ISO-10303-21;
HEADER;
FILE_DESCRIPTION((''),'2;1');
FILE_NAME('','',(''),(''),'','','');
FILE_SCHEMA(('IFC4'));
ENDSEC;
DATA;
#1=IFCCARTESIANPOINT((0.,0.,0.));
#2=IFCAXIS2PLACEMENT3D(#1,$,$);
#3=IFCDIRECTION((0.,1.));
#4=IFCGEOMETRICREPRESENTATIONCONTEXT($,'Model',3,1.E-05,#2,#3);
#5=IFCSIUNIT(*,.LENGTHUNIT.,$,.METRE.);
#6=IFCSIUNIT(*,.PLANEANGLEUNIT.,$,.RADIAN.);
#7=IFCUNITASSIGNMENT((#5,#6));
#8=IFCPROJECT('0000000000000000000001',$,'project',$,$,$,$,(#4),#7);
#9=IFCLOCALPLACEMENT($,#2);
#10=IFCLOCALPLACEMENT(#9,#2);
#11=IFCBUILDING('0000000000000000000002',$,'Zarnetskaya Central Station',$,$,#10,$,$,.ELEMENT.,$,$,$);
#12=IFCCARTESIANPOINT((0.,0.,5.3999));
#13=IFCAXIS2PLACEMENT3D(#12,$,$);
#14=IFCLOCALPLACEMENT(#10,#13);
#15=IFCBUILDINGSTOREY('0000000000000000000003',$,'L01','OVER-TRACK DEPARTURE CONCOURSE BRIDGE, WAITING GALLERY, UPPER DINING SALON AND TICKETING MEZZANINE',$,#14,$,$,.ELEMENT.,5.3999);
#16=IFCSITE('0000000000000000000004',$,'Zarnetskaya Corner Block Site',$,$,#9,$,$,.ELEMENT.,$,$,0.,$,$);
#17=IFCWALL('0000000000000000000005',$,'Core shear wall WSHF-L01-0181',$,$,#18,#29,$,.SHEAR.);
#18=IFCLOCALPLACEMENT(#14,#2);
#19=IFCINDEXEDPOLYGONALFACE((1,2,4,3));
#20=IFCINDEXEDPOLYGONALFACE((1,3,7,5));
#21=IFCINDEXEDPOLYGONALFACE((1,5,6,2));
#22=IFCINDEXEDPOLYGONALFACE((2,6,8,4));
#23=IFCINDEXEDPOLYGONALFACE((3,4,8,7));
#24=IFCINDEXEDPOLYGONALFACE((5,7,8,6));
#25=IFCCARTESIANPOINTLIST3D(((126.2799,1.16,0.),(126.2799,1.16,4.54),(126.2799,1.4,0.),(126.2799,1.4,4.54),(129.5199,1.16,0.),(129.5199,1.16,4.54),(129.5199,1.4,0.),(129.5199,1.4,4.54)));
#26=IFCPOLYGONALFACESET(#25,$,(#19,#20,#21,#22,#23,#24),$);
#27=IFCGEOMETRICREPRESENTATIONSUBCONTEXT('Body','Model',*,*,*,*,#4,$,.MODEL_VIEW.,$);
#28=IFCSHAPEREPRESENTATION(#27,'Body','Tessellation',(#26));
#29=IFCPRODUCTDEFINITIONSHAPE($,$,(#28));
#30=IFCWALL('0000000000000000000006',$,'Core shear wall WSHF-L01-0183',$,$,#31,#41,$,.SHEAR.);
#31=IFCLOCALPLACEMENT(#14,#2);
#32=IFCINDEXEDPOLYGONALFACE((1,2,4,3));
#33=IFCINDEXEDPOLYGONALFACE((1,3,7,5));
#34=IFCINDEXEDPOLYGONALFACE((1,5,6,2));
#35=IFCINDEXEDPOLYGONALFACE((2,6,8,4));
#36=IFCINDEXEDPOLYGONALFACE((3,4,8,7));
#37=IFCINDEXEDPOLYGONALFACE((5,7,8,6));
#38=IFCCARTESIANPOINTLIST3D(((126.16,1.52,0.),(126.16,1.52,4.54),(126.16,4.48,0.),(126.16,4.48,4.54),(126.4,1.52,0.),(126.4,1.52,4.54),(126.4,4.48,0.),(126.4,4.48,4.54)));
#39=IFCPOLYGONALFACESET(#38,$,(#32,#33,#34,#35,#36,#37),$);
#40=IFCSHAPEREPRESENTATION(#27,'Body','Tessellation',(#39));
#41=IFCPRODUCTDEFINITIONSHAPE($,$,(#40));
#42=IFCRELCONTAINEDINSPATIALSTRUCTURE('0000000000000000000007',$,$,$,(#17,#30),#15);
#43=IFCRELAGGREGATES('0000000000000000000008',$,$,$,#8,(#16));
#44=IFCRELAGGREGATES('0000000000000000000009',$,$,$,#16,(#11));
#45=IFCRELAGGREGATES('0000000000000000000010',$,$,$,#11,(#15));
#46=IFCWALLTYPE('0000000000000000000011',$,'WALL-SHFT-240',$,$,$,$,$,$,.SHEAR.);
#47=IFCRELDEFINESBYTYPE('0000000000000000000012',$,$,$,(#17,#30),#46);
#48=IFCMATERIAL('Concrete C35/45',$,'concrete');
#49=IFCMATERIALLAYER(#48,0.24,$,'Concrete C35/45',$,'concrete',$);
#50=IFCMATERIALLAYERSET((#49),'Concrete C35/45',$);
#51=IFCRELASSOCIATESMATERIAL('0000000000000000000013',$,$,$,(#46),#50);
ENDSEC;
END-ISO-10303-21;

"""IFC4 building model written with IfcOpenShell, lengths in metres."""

from ifc_helpers import new_model, si_unit, direction, frame, frame_2d, origin, place, context, subcontext, project, spatial, rectangle, extrude, material, layer, layer_set, type_object, element, save


model = new_model("IFC4")

# Units and contexts
model_context = context("Model", 3, precision=1e-05, world=origin(), true_north=direction((0.0, 1.0)))
body_context = subcontext(model_context, "Body", "Model", "MODEL_VIEW")
ifc_project = project(units=[si_unit("LENGTHUNIT", "METRE"), si_unit("PLANEANGLEUNIT", "RADIAN")], contexts=[model_context])

# Site, building, storey
site_placement = place(None, origin())
site = spatial("IfcSite", under=ifc_project, at=site_placement, Name="Zarnetskaya Corner Block Site", CompositionType="ELEMENT", RefElevation=0.0)
building_placement = place(site_placement, origin())
building = spatial("IfcBuilding", under=site, at=building_placement, Name="Zarnetskaya Central Station", CompositionType="ELEMENT")
storey_placement = place(building_placement, frame((0.0, 0.0, 5.3999)))
storey = spatial("IfcBuildingStorey", under=building, at=storey_placement, Name="L01", Description="OVER-TRACK DEPARTURE CONCOURSE BRIDGE, WAITING GALLERY, UPPER DINING SALON AND TICKETING MEZZANINE", CompositionType="ELEMENT", Elevation=5.3999)

# Walls
ifc_material_1 = material(Name="Concrete C35/45", Category="concrete")
ifc_layer_1 = layer(ifc_material_1, 0.24, Name="Concrete C35/45", Category="concrete")
ifc_layer_set_1 = layer_set([ifc_layer_1], Name="Concrete C35/45")
wall_type = type_object("IfcWallType", Name="WALL-SHFT-240", PredefinedType="SHEAR", material=ifc_layer_set_1)
wall_1_placement = place(storey_placement, frame((129.52, 1.28, 0.0), z_axis=(0.0, 0.0, 1.0), x_axis=(-1.0, 0.0, 0.0)))
element("IfcWall", 1, at=wall_1_placement, inside=storey, type_object=wall_type, Name="Core shear wall WSHF-L01-0181", PredefinedType="SHEAR", context=body_context, shape_type="SweptSolid", body=[
    extrude(rectangle(XDim=3.24, YDim=0.24, at=frame_2d((1.6201, 0.0))), origin(), (0.0, 0.0, 1.0), 4.54),
])
wall_2_placement = place(storey_placement, frame((126.28, 1.52, 0.0), z_axis=(0.0, 0.0, 1.0), x_axis=(0.0, 1.0, 0.0)))
element("IfcWall", 2, at=wall_2_placement, inside=storey, type_object=wall_type, Name="Core shear wall WSHF-L01-0183", PredefinedType="SHEAR", context=body_context, shape_type="SweptSolid", body=[
    extrude(rectangle(XDim=2.96, YDim=0.24, at=frame_2d((1.48, 0.0))), origin(), (0.0, 0.0, 1.0), 4.54),
])

save(model, "model.ifc")
